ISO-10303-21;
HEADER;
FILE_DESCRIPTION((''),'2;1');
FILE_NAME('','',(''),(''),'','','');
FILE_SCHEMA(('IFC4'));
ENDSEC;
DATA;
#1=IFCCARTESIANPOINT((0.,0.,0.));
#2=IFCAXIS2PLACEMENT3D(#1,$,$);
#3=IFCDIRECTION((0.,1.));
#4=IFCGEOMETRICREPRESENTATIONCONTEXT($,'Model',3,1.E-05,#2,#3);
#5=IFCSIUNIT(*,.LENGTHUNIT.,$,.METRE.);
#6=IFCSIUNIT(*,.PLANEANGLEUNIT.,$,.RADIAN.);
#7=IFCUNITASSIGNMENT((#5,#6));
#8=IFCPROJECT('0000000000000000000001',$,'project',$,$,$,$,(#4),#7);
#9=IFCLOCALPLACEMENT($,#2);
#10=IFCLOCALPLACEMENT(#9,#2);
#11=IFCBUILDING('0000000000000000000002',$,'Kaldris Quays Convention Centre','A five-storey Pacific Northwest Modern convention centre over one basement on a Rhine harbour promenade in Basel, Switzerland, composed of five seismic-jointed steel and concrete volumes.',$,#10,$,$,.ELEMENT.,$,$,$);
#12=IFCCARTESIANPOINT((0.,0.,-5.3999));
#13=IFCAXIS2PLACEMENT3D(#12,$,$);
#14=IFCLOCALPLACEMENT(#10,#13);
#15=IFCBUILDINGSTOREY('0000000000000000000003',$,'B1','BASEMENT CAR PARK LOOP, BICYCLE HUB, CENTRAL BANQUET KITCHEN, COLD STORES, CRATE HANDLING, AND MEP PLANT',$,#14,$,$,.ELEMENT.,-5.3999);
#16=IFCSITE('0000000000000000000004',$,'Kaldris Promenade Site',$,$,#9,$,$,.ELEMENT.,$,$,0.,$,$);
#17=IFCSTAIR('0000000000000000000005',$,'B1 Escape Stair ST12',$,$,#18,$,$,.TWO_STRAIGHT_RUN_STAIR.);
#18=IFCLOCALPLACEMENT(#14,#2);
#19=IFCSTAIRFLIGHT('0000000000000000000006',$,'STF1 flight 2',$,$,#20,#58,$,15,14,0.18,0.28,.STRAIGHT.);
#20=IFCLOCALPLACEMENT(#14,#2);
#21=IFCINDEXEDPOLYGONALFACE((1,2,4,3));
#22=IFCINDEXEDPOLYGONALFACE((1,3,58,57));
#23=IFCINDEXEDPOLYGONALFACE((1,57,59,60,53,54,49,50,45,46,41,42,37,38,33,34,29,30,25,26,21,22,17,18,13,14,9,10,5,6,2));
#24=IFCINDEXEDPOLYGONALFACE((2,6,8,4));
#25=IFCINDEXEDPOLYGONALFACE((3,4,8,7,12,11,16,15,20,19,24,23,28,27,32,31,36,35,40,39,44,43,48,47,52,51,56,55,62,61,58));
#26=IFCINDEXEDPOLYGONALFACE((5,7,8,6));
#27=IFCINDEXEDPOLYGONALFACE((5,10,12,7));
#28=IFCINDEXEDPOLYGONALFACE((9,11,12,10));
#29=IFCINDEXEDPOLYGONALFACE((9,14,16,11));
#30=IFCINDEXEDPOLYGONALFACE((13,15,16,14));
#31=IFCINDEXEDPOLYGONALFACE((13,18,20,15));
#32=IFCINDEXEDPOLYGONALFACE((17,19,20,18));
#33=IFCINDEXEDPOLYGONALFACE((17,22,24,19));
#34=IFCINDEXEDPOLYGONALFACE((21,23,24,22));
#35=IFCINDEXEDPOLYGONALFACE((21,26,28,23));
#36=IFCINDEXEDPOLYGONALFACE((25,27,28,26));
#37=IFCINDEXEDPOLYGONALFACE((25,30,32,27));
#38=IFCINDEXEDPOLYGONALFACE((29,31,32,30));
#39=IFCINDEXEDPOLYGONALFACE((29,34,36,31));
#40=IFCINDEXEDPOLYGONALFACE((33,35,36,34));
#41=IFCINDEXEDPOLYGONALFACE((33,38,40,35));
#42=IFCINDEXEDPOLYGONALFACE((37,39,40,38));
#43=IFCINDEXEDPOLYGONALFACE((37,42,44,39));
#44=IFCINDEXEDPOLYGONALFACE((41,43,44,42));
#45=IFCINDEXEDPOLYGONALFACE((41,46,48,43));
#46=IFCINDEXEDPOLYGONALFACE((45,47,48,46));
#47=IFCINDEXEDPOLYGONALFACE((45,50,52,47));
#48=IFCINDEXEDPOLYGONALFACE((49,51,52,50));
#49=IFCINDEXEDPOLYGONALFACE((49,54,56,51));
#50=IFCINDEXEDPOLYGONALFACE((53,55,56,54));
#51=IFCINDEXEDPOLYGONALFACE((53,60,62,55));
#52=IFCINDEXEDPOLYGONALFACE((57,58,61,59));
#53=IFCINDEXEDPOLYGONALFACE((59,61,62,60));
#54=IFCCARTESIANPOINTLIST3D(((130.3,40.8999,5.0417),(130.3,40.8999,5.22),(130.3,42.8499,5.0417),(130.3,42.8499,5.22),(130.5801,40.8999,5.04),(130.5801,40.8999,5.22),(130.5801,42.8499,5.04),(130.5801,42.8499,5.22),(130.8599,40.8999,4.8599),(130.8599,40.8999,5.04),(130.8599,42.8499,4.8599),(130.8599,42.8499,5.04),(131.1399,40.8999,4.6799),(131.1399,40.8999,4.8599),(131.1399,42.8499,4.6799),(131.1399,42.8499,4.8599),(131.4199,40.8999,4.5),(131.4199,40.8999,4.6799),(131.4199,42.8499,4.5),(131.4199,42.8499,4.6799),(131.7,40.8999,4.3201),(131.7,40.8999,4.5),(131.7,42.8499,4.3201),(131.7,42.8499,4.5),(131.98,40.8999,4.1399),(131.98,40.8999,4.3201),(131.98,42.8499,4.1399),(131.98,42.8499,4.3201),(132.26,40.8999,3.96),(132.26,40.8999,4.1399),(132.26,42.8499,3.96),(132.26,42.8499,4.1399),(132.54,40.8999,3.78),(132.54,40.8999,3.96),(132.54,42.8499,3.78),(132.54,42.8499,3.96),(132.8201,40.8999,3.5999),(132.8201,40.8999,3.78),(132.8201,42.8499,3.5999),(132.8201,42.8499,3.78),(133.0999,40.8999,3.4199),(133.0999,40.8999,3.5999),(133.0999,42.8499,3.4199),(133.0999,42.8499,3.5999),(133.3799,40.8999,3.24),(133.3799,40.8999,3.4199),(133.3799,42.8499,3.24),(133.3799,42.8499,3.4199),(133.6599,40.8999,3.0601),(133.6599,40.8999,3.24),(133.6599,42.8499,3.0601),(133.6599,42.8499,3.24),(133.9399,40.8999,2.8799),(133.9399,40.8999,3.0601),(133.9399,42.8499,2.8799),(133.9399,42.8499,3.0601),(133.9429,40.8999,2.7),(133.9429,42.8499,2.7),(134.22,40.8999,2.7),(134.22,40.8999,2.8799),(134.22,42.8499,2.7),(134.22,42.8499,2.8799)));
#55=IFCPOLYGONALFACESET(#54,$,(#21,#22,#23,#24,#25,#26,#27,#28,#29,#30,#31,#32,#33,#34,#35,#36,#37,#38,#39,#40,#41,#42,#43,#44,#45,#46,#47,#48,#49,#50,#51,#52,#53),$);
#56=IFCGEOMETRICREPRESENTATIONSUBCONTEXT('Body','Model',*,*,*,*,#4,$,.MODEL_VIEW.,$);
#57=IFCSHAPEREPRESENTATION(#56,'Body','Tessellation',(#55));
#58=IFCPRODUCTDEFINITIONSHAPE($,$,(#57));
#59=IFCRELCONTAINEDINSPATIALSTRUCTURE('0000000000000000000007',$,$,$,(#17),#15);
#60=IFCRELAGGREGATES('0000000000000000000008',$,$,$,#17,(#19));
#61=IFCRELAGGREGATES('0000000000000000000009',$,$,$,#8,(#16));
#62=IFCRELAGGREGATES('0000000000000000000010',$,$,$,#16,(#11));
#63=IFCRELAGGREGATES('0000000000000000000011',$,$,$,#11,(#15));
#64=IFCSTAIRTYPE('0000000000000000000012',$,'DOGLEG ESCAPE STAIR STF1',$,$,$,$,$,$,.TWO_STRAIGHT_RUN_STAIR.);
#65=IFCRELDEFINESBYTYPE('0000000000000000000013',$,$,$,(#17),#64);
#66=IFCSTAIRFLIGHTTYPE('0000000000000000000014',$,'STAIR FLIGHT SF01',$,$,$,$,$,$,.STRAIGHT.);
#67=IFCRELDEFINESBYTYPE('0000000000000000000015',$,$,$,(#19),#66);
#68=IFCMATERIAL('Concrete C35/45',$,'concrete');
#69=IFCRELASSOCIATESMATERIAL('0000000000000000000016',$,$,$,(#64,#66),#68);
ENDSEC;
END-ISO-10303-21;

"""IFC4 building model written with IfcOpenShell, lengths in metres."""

from ifc_helpers import new_model, si_unit, direction, frame, origin, place, context, subcontext, project, spatial, polyline, outline, extrude, material, type_object, element, aggregate, save


model = new_model("IFC4")

# Units and contexts
model_context = context("Model", 3, precision=1e-05, world=origin(), true_north=direction((0.0, 1.0)))
body_context = subcontext(model_context, "Body", "Model", "MODEL_VIEW")
ifc_project = project(units=[si_unit("LENGTHUNIT", "METRE"), si_unit("PLANEANGLEUNIT", "RADIAN")], contexts=[model_context])

# Site, building, storey
site_placement = place(None, origin())
site = spatial("IfcSite", under=ifc_project, at=site_placement, Name="Kaldris Promenade Site", CompositionType="ELEMENT", RefElevation=0.0)
building_placement = place(site_placement, origin())
building = spatial("IfcBuilding", under=site, at=building_placement, Name="Kaldris Quays Convention Centre", Description="A five-storey Pacific Northwest Modern convention centre over one basement on a Rhine harbour promenade in Basel, Switzerland, composed of five seismic-jointed steel and concrete volumes.", CompositionType="ELEMENT")
storey_placement = place(building_placement, frame((0.0, 0.0, -5.3999)))
storey = spatial("IfcBuildingStorey", under=building, at=storey_placement, Name="B1", Description="BASEMENT CAR PARK LOOP, BICYCLE HUB, CENTRAL BANQUET KITCHEN, COLD STORES, CRATE HANDLING, AND MEP PLANT", CompositionType="ELEMENT", Elevation=-5.3999)

# Shared definitions
ifc_material_1 = material(Name="Concrete C35/45", Category="concrete")

# Stair, stair flight
stair_type = type_object("IfcStairType", Name="DOGLEG ESCAPE STAIR STF1", PredefinedType="TWO_STRAIGHT_RUN_STAIR", material=ifc_material_1)
stair_placement = place(storey_placement, origin())
stair = element("IfcStair", 1, at=stair_placement, inside=storey, type_object=stair_type, Name="B1 Escape Stair ST12", PredefinedType="TWO_STRAIGHT_RUN_STAIR")
stair_flight_type = type_object("IfcStairFlightType", Name="STAIR FLIGHT SF01", PredefinedType="STRAIGHT", material=ifc_material_1)
stair_flight_1_placement = place(storey_placement, frame((134.22, 41.875, 2.7), z_axis=(0.0, 0.0, 1.0), x_axis=(-1.0, 0.0, 0.0)))
stair_flight_1 = element("IfcStairFlight", 2, at=stair_flight_1_placement, type_object=stair_flight_type, Name="STF1 flight 2", NumberOfRisers=15, NumberOfTreads=14, PredefinedType="STRAIGHT", RiserHeight=0.18, TreadLength=0.28, context=body_context, shape_type="SweptSolid", body=[
    extrude(outline(polyline([(0.0, 0.0), (0.0, 0.1799), (0.28, 0.1799), (0.28, 0.3601), (0.5601, 0.3601), (0.5601, 0.54), (0.8401, 0.54), (0.8401, 0.72), (1.1201, 0.72), (1.1201, 0.8999), (1.3999, 0.8999), (1.3999, 1.0801), (1.6799, 1.0801), (1.6799, 1.26), (1.96, 1.26), (1.96, 1.4399), (2.24, 1.4399), (2.24, 1.6201), (2.52, 1.6201), (2.52, 1.8), (2.8, 1.8), (2.8, 1.98), (3.0801, 1.98), (3.0801, 2.1599), (3.3601, 2.1599), (3.3601, 2.3401), (3.6399, 2.3401), (3.6399, 2.52), (3.9199, 2.52), (3.9199, 2.7), (3.9199, 2.3418), (0.2771, 0.0), (0.0, 0.0)])), frame((0.0, 0.9751, 0.0), z_axis=(0.0, -1.0, 0.0), x_axis=(1.0, 0.0, 0.0)), (0.0, 0.0, 1.0), 1.95),
])
aggregate(stair, [stair_flight_1])

save(model, "model.ifc")
